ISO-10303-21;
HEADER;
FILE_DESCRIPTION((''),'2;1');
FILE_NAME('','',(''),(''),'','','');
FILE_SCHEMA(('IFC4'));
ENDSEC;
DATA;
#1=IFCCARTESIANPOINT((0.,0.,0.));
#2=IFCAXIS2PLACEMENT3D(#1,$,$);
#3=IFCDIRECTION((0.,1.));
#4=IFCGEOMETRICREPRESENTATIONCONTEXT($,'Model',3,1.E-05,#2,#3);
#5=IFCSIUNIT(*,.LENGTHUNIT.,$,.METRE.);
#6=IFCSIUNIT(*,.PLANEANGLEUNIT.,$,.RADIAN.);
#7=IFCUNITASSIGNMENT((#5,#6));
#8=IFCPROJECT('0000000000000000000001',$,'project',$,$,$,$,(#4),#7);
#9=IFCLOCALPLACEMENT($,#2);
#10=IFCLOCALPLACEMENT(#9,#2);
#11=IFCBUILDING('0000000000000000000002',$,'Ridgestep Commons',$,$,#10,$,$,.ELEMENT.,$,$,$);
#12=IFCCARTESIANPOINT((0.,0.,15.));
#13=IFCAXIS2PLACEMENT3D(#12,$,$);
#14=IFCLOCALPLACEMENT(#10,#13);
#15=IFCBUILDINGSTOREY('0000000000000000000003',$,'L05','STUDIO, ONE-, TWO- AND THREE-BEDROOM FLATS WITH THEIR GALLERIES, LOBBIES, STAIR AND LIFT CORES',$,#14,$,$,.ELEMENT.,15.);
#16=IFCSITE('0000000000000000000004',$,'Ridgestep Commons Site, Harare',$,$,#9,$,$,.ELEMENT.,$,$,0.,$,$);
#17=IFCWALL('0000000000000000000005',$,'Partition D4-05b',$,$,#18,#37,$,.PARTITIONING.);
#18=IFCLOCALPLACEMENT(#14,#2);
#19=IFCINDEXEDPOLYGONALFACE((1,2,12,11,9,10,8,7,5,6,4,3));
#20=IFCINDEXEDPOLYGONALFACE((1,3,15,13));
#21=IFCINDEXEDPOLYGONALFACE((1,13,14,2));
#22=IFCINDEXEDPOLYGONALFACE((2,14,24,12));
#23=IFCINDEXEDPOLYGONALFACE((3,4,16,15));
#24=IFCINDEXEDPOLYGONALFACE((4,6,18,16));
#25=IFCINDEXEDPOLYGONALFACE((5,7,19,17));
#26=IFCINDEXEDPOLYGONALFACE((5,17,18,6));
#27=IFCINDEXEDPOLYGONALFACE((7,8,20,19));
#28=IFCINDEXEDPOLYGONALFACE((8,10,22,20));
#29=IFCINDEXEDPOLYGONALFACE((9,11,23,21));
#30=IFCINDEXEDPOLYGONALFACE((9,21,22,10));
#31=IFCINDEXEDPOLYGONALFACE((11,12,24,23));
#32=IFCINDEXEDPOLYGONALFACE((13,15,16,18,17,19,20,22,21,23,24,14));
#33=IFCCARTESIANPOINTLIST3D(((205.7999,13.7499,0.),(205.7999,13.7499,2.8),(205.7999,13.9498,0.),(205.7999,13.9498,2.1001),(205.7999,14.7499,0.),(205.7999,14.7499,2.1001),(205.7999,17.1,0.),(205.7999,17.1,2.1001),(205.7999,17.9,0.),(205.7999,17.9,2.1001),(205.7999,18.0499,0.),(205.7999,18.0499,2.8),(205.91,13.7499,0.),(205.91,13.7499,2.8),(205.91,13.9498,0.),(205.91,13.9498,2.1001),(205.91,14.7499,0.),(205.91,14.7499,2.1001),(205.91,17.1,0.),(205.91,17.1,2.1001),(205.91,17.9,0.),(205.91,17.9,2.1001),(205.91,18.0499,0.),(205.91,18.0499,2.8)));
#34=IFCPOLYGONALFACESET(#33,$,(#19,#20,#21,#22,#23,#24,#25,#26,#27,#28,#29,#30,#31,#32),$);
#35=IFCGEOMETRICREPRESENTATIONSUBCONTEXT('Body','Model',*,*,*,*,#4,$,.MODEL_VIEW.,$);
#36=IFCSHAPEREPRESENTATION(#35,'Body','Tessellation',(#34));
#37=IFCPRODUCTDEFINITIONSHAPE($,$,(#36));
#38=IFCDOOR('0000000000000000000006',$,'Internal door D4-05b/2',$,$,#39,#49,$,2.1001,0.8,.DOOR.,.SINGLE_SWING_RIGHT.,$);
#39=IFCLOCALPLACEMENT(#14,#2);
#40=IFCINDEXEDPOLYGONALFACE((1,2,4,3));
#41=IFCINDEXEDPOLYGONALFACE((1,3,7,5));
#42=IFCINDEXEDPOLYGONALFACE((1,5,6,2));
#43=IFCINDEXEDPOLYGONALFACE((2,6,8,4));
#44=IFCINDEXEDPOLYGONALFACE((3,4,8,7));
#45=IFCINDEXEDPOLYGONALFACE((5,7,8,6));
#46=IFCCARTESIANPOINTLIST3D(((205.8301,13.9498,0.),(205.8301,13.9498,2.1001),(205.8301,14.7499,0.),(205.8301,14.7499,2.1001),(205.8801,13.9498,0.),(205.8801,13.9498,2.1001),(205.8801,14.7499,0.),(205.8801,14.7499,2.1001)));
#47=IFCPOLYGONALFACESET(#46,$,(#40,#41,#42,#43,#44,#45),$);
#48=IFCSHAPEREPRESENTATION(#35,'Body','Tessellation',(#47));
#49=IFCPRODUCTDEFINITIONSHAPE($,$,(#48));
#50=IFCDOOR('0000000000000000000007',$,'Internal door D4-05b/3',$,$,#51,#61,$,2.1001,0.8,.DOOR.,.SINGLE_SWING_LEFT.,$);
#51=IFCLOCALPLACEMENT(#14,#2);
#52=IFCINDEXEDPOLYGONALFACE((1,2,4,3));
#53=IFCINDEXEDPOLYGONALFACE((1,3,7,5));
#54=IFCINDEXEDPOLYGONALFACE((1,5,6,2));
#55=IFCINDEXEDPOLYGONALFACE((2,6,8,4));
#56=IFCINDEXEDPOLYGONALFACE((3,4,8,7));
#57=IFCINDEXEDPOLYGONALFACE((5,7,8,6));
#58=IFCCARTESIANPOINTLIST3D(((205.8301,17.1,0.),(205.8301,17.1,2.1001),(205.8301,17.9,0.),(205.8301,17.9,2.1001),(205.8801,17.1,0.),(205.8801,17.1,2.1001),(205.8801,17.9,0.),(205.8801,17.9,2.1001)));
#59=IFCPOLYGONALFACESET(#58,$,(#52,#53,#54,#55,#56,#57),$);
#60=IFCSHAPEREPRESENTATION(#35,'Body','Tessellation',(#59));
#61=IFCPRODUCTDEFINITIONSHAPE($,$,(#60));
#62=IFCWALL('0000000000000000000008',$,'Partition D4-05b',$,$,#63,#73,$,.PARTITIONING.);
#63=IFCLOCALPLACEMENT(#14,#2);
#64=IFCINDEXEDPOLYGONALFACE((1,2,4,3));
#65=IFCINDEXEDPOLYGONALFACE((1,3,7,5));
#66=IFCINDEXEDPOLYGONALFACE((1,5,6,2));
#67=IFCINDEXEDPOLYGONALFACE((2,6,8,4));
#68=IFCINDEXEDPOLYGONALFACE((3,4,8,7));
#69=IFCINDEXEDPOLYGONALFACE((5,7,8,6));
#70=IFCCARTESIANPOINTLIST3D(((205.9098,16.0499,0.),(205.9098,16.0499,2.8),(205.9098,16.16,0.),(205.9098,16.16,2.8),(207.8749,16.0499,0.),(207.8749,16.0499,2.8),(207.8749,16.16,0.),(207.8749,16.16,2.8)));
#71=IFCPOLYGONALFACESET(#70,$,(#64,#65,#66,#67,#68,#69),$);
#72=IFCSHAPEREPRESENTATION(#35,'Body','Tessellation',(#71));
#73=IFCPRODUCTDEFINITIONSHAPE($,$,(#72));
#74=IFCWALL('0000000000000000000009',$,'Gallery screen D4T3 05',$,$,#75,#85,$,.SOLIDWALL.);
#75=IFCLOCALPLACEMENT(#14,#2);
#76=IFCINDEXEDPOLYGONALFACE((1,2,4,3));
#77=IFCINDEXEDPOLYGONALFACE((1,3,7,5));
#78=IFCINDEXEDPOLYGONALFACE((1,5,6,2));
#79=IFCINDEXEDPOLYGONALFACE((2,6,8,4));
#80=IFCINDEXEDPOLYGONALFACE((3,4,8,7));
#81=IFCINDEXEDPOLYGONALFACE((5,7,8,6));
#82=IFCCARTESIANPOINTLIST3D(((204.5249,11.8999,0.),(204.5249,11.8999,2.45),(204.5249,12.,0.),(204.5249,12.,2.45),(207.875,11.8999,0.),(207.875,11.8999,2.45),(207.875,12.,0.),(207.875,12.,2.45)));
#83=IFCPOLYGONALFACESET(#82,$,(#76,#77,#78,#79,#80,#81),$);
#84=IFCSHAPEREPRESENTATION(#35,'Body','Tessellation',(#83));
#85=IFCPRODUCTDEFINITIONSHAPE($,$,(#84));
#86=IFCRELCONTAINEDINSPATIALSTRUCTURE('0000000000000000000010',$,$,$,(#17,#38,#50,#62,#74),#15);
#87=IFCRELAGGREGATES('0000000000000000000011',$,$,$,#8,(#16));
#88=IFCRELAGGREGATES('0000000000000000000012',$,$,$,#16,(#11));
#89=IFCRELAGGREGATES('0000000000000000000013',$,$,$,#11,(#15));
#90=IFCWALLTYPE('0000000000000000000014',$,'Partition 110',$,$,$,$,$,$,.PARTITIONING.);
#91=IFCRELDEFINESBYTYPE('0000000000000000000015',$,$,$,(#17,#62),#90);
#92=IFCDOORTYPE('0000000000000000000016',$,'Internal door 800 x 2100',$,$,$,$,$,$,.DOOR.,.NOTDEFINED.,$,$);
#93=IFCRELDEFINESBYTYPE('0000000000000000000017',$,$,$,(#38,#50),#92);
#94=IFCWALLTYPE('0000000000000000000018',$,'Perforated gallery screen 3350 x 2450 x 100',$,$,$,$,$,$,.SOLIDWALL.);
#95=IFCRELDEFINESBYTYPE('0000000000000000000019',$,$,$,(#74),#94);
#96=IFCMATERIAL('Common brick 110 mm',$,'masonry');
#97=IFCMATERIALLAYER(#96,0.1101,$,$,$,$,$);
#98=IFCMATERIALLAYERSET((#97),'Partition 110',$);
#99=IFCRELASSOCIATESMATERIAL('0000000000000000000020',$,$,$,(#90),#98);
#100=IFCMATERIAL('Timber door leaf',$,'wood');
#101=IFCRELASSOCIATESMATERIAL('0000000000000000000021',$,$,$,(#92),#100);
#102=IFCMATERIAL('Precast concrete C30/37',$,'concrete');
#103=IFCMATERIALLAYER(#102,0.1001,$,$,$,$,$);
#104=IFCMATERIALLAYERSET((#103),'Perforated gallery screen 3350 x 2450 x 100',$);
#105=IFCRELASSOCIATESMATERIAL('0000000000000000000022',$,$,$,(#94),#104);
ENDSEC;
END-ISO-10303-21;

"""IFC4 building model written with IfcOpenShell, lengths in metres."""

from ifc_helpers import new_model, si_unit, direction, frame, frame_2d, origin, place, context, subcontext, project, spatial, rectangle, extrude, material, layer, layer_set, type_object, element, fill, save


model = new_model("IFC4")

# Units and contexts
model_context = context("Model", 3, precision=1e-05, world=origin(), true_north=direction((0.0, 1.0)))
body_context = subcontext(model_context, "Body", "Model", "MODEL_VIEW")
ifc_project = project(units=[si_unit("LENGTHUNIT", "METRE"), si_unit("PLANEANGLEUNIT", "RADIAN")], contexts=[model_context])

# Site, building, storey
site_placement = place(None, origin())
site = spatial("IfcSite", under=ifc_project, at=site_placement, Name="Ridgestep Commons Site, Harare", CompositionType="ELEMENT", RefElevation=0.0)
building_placement = place(site_placement, origin())
building = spatial("IfcBuilding", under=site, at=building_placement, Name="Ridgestep Commons", CompositionType="ELEMENT")
storey_placement = place(building_placement, frame((0.0, 0.0, 15.0)))
storey = spatial("IfcBuildingStorey", under=building, at=storey_placement, Name="L05", Description="STUDIO, ONE-, TWO- AND THREE-BEDROOM FLATS WITH THEIR GALLERIES, LOBBIES, STAIR AND LIFT CORES", CompositionType="ELEMENT", Elevation=15.0)

# Wall, openings, doors
ifc_material_1 = material(Name="Common brick 110 mm", Category="masonry")
ifc_layer_1 = layer(ifc_material_1, 0.1101)
ifc_layer_set_1 = layer_set([ifc_layer_1], Name="Partition 110")
wall_type_1 = type_object("IfcWallType", Name="Partition 110", PredefinedType="PARTITIONING", material=ifc_layer_set_1)
wall_1_placement = place(storey_placement, frame((205.855, 13.75, 0.0), z_axis=(0.0, 0.0, 1.0), x_axis=(0.0, 1.0, 0.0)))
wall_1 = element("IfcWall", 1, at=wall_1_placement, inside=storey, type_object=wall_type_1, Name="Partition D4-05b", PredefinedType="PARTITIONING", context=body_context, shape_type="SweptSolid", body=[
    extrude(rectangle(XDim=4.3, YDim=0.1101, at=frame_2d((2.1499, 0.0))), origin(), (0.0, 0.0, 1.0), 2.8),
])
opening_1_placement = place(wall_1_placement, frame((0.2, 0.0, 0.0)))
opening_1 = element("IfcOpeningElement", 2, at=opening_1_placement, cuts=wall_1, PredefinedType="OPENING", context=body_context, shape_type="SweptSolid", body=[
    extrude(rectangle(XDim=0.8, YDim=2.1001, at=frame_2d((0.3999, 1.05))), frame((0.0, 0.0649, 0.0), z_axis=(0.0, -1.0, 0.0), x_axis=(1.0, 0.0, 0.0)), (0.0, 0.0, 1.0), 0.1301),
])
opening_2_placement = place(wall_1_placement, frame((3.3501, 0.0, 0.0)))
opening_2 = element("IfcOpeningElement", 3, at=opening_2_placement, cuts=wall_1, PredefinedType="OPENING", context=body_context, shape_type="SweptSolid", body=[
    extrude(rectangle(XDim=0.8, YDim=2.1001, at=frame_2d((0.3999, 1.05))), frame((0.0, 0.0649, 0.0), z_axis=(0.0, -1.0, 0.0), x_axis=(1.0, 0.0, 0.0)), (0.0, 0.0, 1.0), 0.1301),
])
ifc_material_2 = material(Name="Timber door leaf", Category="wood")
door_type_1 = type_object("IfcDoorType", Name="Internal door 800 x 2100", OperationType="NOTDEFINED", PredefinedType="DOOR", material=ifc_material_2)
door_1_placement = place(opening_1_placement, origin())
door_1 = element("IfcDoor", 4, at=door_1_placement, inside=storey, type_object=door_type_1, Name="Internal door D4-05b/2", OperationType="SINGLE_SWING_RIGHT", OverallHeight=2.1001, OverallWidth=0.8, PredefinedType="DOOR", context=body_context, shape_type="SweptSolid", body=[
    extrude(rectangle(XDim=0.8, YDim=2.1001, at=frame_2d((0.3999, 1.05))), frame((0.0, 0.0249, 0.0), z_axis=(0.0, -1.0, 0.0), x_axis=(1.0, 0.0, 0.0)), (0.0, 0.0, 1.0), 0.05),
])
fill(opening_1, door_1)
door_2_placement = place(opening_2_placement, origin())
door_2 = element("IfcDoor", 5, at=door_2_placement, inside=storey, type_object=door_type_1, Name="Internal door D4-05b/3", OperationType="SINGLE_SWING_LEFT", OverallHeight=2.1001, OverallWidth=0.8, PredefinedType="DOOR", context=body_context, shape_type="SweptSolid", body=[
    extrude(rectangle(XDim=0.8, YDim=2.1001, at=frame_2d((0.3999, 1.05))), frame((0.0, 0.0249, 0.0), z_axis=(0.0, -1.0, 0.0), x_axis=(1.0, 0.0, 0.0)), (0.0, 0.0, 1.0), 0.05),
])
fill(opening_2, door_2)

# Walls
wall_2_placement = place(storey_placement, frame((205.9099, 16.105, 0.0), z_axis=(0.0, 0.0, 1.0), x_axis=(1.0, 0.0, 0.0)))
element("IfcWall", 6, at=wall_2_placement, inside=storey, type_object=wall_type_1, Name="Partition D4-05b", PredefinedType="PARTITIONING", context=body_context, shape_type="SweptSolid", body=[
    extrude(rectangle(XDim=1.9651, YDim=0.1101, at=frame_2d((0.9824, 0.0))), origin(), (0.0, 0.0, 1.0), 2.8),
])
ifc_material_3 = material(Name="Precast concrete C30/37", Category="concrete")
ifc_layer_2 = layer(ifc_material_3, 0.1001)
ifc_layer_set_2 = layer_set([ifc_layer_2], Name="Perforated gallery screen 3350 x 2450 x 100")
wall_type_2 = type_object("IfcWallType", Name="Perforated gallery screen 3350 x 2450 x 100", PredefinedType="SOLIDWALL", material=ifc_layer_set_2)
wall_3_placement = place(storey_placement, frame((204.5249, 11.95, 0.0), z_axis=(0.0, 0.0, 1.0), x_axis=(1.0, 0.0, 0.0)))
element("IfcWall", 7, at=wall_3_placement, inside=storey, type_object=wall_type_2, Name="Gallery screen D4T3 05", PredefinedType="SOLIDWALL", context=body_context, shape_type="SweptSolid", body=[
    extrude(rectangle(XDim=3.3501, YDim=0.1001, at=frame_2d((1.675, 0.0))), origin(), (0.0, 0.0, 1.0), 2.45),
])

save(model, "model.ifc")
